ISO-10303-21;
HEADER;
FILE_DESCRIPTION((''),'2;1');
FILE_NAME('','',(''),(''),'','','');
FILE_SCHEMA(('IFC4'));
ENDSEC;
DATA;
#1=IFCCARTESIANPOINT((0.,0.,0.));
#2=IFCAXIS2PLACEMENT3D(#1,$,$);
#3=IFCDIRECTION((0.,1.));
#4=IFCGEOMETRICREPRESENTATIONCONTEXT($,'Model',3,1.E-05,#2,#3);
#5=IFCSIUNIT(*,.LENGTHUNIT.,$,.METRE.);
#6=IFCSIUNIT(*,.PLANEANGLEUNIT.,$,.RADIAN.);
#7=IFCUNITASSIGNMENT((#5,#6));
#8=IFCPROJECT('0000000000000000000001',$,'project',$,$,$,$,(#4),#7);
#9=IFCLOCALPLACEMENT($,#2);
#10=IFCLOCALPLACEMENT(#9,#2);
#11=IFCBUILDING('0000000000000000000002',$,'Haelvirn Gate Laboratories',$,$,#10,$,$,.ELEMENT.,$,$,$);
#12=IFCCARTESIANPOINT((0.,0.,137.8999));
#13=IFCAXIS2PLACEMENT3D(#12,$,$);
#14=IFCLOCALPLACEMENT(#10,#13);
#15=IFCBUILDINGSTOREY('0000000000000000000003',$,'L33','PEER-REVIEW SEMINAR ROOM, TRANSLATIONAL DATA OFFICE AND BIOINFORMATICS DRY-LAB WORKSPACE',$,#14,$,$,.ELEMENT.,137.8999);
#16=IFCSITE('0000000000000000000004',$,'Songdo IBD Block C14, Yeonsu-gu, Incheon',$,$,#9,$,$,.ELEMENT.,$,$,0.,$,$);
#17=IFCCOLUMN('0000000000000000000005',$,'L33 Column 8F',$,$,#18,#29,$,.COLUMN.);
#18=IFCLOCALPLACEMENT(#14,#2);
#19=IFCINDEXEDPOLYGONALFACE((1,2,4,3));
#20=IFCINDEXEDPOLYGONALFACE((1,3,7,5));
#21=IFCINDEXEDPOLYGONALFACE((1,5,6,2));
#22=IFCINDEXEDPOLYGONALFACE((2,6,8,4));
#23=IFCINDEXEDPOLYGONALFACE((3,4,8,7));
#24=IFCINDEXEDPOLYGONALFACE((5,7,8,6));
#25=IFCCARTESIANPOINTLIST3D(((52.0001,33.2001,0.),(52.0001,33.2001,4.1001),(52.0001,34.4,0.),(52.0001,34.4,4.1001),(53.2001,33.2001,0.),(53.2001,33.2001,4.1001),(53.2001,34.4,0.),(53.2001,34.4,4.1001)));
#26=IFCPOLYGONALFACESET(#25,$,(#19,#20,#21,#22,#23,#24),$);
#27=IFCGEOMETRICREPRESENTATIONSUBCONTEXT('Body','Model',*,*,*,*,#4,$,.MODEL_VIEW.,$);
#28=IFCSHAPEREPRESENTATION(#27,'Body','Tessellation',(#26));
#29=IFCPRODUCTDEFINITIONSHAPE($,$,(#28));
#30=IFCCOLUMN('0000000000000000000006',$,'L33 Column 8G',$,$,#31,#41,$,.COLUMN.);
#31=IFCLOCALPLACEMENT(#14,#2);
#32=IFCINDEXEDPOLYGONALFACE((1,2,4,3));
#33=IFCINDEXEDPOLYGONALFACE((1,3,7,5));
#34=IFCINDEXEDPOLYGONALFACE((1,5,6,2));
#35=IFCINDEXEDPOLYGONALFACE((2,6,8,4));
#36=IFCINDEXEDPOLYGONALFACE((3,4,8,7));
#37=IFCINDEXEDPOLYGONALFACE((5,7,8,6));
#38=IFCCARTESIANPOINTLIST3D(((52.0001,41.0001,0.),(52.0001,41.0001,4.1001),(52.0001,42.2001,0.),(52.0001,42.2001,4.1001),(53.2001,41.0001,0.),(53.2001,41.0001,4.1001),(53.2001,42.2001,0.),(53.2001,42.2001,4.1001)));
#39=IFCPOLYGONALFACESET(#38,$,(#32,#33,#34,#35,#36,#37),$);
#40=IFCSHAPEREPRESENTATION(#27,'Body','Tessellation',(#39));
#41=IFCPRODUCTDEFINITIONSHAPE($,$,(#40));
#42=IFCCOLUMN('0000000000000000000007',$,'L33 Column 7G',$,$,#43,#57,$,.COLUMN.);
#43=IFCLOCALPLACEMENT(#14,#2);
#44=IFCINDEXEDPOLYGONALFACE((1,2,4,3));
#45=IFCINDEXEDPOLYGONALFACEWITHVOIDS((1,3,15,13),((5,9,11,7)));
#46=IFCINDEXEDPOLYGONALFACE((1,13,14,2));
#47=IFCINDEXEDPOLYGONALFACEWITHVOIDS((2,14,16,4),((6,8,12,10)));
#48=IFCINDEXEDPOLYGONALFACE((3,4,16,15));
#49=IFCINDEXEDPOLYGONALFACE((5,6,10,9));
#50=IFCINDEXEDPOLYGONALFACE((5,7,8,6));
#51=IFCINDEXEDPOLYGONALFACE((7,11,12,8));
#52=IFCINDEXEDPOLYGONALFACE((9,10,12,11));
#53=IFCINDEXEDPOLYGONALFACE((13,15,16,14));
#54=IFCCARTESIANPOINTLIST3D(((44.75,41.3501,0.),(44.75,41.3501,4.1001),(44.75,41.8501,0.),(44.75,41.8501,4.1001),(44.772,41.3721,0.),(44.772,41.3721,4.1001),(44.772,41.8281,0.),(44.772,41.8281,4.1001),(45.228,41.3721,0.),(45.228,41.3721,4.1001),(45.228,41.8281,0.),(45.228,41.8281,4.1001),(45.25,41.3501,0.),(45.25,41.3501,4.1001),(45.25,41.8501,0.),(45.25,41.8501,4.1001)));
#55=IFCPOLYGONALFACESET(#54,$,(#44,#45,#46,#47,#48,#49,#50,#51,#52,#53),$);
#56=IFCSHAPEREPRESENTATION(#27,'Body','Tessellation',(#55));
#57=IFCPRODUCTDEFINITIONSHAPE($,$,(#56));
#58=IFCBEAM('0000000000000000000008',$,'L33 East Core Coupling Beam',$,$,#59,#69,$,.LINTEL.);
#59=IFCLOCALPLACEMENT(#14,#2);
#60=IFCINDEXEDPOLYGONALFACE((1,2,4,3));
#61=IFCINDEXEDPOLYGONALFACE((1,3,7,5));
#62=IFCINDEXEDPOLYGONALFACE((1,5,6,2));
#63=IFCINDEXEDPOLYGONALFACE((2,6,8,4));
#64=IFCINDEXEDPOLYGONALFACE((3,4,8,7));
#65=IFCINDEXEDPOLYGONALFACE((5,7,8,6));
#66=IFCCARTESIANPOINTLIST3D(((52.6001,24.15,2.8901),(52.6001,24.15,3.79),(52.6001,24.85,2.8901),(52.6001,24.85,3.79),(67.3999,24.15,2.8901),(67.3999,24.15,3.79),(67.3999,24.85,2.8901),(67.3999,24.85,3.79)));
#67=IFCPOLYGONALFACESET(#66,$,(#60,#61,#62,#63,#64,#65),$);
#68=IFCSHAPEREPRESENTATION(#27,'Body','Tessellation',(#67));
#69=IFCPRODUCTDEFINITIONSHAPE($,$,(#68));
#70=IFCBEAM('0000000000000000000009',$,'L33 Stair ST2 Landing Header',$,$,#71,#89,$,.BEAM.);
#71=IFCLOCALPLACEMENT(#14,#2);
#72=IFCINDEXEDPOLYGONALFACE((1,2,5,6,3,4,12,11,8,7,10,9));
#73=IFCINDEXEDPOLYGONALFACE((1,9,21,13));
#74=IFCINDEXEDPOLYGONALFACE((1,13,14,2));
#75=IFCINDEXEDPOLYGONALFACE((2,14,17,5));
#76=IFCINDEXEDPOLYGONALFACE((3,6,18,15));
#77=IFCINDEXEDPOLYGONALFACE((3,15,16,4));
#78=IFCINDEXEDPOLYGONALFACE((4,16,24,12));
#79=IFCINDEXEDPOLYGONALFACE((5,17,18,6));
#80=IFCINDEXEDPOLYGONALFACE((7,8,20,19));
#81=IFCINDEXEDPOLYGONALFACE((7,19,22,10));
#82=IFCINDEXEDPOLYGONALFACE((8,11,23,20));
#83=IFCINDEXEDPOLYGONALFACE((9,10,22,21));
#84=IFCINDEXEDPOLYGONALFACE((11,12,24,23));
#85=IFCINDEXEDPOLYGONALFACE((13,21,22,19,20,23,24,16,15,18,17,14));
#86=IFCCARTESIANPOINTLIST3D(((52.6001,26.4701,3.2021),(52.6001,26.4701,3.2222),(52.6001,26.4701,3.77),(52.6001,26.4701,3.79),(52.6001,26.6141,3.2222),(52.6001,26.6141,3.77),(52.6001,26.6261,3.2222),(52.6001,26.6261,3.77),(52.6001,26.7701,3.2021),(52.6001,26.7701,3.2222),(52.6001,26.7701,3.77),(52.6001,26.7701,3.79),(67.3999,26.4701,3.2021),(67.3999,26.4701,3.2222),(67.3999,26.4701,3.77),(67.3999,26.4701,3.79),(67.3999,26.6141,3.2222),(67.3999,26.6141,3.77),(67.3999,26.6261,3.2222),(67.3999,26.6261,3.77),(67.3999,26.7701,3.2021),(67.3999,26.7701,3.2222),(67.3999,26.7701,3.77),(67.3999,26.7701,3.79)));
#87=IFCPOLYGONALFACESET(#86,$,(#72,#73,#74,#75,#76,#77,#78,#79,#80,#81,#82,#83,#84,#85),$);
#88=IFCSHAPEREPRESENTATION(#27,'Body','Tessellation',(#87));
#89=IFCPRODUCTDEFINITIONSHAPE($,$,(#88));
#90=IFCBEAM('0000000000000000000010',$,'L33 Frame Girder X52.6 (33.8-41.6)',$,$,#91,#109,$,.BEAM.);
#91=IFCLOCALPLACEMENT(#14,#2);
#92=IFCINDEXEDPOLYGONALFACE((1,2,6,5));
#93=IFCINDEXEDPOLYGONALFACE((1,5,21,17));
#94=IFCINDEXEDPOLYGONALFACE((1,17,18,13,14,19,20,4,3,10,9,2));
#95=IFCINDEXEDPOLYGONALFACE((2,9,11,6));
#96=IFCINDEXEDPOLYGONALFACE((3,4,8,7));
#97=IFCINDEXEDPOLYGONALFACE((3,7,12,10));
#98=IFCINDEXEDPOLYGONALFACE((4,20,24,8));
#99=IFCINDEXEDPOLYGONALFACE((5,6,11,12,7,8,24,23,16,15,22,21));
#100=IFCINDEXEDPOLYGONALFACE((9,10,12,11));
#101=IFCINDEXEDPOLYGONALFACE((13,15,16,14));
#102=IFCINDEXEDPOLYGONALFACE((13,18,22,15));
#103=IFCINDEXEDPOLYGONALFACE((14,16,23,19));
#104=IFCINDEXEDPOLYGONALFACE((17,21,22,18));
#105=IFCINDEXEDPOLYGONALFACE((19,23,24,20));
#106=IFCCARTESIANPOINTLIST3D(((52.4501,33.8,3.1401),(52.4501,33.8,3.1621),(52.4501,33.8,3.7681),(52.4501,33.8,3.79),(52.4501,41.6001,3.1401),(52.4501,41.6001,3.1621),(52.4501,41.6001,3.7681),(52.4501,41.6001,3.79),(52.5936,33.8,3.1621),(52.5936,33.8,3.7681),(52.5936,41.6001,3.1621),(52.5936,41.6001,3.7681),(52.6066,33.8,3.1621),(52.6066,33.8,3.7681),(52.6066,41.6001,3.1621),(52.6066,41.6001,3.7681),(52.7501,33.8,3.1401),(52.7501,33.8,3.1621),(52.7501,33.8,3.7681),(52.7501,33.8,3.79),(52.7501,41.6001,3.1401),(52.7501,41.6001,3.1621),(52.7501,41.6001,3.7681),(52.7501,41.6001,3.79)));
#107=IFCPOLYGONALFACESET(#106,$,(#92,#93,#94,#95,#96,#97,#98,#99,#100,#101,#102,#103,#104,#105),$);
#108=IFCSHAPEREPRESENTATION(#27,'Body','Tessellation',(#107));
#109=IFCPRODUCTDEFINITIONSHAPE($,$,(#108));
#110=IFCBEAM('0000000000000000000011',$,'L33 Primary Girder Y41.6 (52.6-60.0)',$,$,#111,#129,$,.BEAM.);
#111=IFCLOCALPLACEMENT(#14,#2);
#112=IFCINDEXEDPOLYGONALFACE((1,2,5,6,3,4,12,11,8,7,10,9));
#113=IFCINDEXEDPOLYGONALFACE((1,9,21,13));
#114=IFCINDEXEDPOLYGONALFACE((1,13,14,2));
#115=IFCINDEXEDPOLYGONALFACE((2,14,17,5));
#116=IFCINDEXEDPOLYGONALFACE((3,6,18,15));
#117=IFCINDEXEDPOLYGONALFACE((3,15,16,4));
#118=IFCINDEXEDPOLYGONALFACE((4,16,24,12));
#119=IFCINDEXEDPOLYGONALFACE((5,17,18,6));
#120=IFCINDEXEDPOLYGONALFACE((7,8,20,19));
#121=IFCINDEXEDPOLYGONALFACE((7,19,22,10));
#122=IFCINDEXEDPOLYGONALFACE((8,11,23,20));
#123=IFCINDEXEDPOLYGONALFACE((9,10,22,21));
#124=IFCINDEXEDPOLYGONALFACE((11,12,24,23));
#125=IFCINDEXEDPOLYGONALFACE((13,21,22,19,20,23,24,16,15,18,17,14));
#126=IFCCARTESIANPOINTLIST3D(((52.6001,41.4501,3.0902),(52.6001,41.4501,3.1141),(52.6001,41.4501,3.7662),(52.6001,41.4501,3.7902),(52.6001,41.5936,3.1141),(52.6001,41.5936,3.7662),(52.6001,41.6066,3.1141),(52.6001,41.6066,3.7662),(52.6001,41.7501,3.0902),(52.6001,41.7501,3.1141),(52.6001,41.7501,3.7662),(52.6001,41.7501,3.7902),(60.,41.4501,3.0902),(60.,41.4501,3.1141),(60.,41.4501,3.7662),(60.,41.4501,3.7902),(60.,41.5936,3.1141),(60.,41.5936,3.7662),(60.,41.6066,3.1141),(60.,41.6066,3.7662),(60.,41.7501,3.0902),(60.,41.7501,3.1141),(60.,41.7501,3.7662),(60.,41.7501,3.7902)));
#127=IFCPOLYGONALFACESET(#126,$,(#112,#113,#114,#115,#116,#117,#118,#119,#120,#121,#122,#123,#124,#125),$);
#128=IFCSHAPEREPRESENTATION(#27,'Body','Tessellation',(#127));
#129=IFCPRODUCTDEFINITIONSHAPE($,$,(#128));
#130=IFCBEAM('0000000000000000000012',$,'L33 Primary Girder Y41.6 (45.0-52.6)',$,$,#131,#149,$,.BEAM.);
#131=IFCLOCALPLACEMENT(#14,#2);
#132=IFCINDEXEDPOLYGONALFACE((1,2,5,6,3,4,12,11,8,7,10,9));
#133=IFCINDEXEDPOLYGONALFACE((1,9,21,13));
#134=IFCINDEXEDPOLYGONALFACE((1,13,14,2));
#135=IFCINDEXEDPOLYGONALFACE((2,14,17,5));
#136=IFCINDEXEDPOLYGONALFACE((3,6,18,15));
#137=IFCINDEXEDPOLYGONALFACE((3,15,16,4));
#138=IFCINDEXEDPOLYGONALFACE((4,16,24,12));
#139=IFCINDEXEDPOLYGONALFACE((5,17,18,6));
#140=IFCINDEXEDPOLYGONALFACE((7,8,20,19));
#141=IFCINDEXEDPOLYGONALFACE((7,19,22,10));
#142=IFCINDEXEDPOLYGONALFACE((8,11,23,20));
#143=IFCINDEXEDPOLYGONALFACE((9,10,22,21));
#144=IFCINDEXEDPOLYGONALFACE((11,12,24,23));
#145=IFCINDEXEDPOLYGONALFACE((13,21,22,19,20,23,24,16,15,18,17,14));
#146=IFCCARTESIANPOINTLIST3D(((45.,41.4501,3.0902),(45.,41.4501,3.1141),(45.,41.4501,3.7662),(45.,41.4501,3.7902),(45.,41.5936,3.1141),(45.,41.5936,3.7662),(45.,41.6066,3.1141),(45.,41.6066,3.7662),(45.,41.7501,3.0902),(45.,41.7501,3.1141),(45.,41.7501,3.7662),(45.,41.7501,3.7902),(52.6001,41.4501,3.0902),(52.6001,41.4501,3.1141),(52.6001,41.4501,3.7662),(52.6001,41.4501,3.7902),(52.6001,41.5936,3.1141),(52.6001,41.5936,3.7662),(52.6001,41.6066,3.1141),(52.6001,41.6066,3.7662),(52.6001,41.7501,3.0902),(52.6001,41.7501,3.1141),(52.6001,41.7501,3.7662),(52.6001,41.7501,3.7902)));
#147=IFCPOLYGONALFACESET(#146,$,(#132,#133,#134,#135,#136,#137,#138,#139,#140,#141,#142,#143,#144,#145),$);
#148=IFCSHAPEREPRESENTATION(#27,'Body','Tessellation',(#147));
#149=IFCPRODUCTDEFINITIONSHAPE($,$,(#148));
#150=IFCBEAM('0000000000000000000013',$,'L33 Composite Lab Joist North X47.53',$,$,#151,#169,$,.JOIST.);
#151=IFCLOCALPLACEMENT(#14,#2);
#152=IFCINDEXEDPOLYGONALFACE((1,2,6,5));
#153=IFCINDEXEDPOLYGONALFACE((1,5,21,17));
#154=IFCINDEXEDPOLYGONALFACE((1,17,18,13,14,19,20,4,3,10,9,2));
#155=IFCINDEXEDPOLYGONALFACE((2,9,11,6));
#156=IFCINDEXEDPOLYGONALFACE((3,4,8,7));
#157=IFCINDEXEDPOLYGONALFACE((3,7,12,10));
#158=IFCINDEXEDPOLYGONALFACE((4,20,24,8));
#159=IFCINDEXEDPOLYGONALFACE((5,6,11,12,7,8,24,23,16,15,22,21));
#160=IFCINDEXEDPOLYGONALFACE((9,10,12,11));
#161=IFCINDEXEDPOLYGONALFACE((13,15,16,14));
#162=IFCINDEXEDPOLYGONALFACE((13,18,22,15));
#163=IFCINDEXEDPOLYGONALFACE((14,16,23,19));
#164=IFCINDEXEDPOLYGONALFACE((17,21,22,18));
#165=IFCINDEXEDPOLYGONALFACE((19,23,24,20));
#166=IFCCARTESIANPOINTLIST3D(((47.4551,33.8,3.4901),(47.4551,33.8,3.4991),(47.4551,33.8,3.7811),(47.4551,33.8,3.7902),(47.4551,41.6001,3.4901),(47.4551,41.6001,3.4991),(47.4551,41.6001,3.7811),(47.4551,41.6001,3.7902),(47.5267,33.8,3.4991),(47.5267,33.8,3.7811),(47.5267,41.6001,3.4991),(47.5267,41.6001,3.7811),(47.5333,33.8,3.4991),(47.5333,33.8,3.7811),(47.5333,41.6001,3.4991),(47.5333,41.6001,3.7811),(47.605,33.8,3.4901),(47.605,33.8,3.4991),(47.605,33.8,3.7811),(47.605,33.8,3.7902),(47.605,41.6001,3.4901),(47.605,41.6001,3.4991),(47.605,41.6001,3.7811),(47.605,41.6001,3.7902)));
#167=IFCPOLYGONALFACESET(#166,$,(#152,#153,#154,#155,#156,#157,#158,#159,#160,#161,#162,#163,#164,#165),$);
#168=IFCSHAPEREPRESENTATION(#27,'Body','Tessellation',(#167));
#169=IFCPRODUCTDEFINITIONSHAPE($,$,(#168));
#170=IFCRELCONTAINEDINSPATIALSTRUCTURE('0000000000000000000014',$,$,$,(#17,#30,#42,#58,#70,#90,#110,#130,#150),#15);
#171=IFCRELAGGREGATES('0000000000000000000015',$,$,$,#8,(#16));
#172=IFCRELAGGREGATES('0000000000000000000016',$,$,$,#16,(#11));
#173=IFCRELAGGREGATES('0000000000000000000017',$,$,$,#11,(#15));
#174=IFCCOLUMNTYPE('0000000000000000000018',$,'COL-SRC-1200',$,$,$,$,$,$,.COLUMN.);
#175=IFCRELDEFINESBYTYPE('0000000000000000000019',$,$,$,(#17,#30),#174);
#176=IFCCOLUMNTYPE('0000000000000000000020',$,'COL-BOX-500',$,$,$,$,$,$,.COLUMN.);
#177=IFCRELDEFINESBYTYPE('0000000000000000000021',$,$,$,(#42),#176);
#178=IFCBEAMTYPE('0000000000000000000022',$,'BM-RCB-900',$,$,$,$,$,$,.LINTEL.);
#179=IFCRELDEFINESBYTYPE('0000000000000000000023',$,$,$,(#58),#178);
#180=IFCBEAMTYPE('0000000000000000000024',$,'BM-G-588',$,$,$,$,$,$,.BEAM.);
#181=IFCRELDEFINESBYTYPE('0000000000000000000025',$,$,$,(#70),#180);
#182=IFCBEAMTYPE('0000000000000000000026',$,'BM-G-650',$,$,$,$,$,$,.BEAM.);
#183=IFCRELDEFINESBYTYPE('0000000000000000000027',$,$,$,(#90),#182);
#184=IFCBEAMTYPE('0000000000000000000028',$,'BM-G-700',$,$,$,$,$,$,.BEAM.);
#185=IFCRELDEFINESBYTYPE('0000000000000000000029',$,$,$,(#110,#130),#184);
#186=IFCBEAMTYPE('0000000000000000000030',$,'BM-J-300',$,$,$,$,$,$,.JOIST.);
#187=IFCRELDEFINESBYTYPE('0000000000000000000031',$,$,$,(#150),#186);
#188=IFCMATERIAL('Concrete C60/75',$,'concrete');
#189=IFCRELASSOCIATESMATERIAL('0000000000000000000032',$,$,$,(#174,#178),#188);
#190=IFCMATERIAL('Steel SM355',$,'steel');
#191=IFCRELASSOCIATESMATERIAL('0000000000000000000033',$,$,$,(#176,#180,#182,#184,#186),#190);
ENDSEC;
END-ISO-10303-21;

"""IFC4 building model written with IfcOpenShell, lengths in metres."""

from ifc_helpers import new_model, si_unit, direction, frame, origin, origin_2d, place, context, subcontext, project, spatial, rectangle, hollow_rectangle, i_section, extrude, source, transform, mapped, material, material_profile, profile_set, type_object, type_shapes, element, save


model = new_model("IFC4")

# Units and contexts
model_context = context("Model", 3, precision=1e-05, world=origin(), true_north=direction((0.0, 1.0)))
body_context = subcontext(model_context, "Body", "Model", "MODEL_VIEW")
ifc_project = project(units=[si_unit("LENGTHUNIT", "METRE"), si_unit("PLANEANGLEUNIT", "RADIAN")], contexts=[model_context])

# Site, building, storey
site_placement = place(None, origin())
site = spatial("IfcSite", under=ifc_project, at=site_placement, Name="Songdo IBD Block C14, Yeonsu-gu, Incheon", CompositionType="ELEMENT", RefElevation=0.0)
building_placement = place(site_placement, origin())
building = spatial("IfcBuilding", under=site, at=building_placement, Name="Haelvirn Gate Laboratories", CompositionType="ELEMENT")
storey_placement = place(building_placement, frame((0.0, 0.0, 137.8999)))
storey = spatial("IfcBuildingStorey", under=building, at=storey_placement, Name="L33", Description="PEER-REVIEW SEMINAR ROOM, TRANSLATIONAL DATA OFFICE AND BIOINFORMATICS DRY-LAB WORKSPACE", CompositionType="ELEMENT", Elevation=137.8999)

# Columns
ifc_material_1 = material(Name="Concrete C60/75", Category="concrete")
ifc_material_profile_1 = material_profile(ifc_material_1, rectangle(XDim=1.2, YDim=1.2, at=origin_2d()), Name="SRC-1200x1200")
ifc_profile_set_1 = profile_set([ifc_material_profile_1], Name="Concrete C60/75")
column_type_1 = type_object("IfcColumnType", Name="COL-SRC-1200", PredefinedType="COLUMN", material=ifc_profile_set_1)
shared_shape_1 = source(origin(), body_context, "Body", "SweptSolid", [
    extrude(rectangle(XDim=1.2, YDim=1.2, at=origin_2d()), origin(), (0.0, 0.0, 1.0), 4.1001),
])
type_shapes(column_type_1, [shared_shape_1])
for number, where, z_axis, x_axis, name in (
    (1, (52.6001, 33.8, 0.0), (0.0, 0.0, 1.0), (1.0, 0.0, 0.0), "L33 Column 8F"),
    (2, (52.6001, 41.6001, 0.0), (0.0, 0.0, 1.0), (1.0, 0.0, 0.0), "L33 Column 8G"),
):
    element("IfcColumn", number, at=place(storey_placement, frame(where, z_axis=z_axis, x_axis=x_axis)), inside=storey, type_object=column_type_1, Name=name, PredefinedType="COLUMN", context=body_context, shape_type="MappedRepresentation", body=[
        mapped(shared_shape_1, transform((0.0, 0.0, 0.0), scale=1.0)),
    ])
ifc_material_2 = material(Name="Steel SM355", Category="steel")
ifc_material_profile_2 = material_profile(ifc_material_2, hollow_rectangle(XDim=0.5, YDim=0.5, WallThickness=0.022, at=origin_2d()), Name="BOX-500x500x22")
ifc_profile_set_2 = profile_set([ifc_material_profile_2], Name="Steel SM355")
column_type_2 = type_object("IfcColumnType", Name="COL-BOX-500", PredefinedType="COLUMN", material=ifc_profile_set_2)
shared_shape_2 = source(origin(), body_context, "Body", "SweptSolid", [
    extrude(hollow_rectangle(XDim=0.5, YDim=0.5, WallThickness=0.022, at=origin_2d()), origin(), (0.0, 0.0, 1.0), 4.1001),
])
type_shapes(column_type_2, [shared_shape_2])
column_placement = place(storey_placement, frame((45.0, 41.6001, 0.0), z_axis=(0.0, 0.0, 1.0), x_axis=(1.0, 0.0, 0.0)))
element("IfcColumn", 3, at=column_placement, inside=storey, type_object=column_type_2, Name="L33 Column 7G", PredefinedType="COLUMN", context=body_context, shape_type="MappedRepresentation", body=[
    mapped(shared_shape_2, transform((0.0, 0.0, 0.0), scale=1.0)),
])

# Beams
ifc_material_profile_3 = material_profile(ifc_material_1, rectangle(XDim=0.7, YDim=0.8999, at=origin_2d()), Name="RCB-700x900")
ifc_profile_set_3 = profile_set([ifc_material_profile_3], Name="Concrete C60/75")
beam_type_1 = type_object("IfcBeamType", Name="BM-RCB-900", PredefinedType="LINTEL", material=ifc_profile_set_3)
shared_shape_3 = source(origin(), body_context, "Body", "SweptSolid", [
    extrude(rectangle(XDim=0.7, YDim=0.8999, at=origin_2d()), origin(), (0.0, 0.0, 1.0), 14.7998),
])
type_shapes(beam_type_1, [shared_shape_3])
beam_1_placement = place(storey_placement, frame((52.6001, 24.5, 3.3401), z_axis=(1.0, 0.0, 0.0), x_axis=(0.0, 1.0, 0.0)))
element("IfcBeam", 4, at=beam_1_placement, inside=storey, type_object=beam_type_1, Name="L33 East Core Coupling Beam", PredefinedType="LINTEL", context=body_context, shape_type="MappedRepresentation", body=[
    mapped(shared_shape_3, transform((0.0, 0.0, 0.0), scale=1.0)),
])
ifc_material_profile_4 = material_profile(ifc_material_2, i_section(OverallWidth=0.3, OverallDepth=0.5879, WebThickness=0.012, FlangeThickness=0.02, at=origin_2d()), Name="H-588x300x12x20")
ifc_profile_set_4 = profile_set([ifc_material_profile_4], Name="Steel SM355")
beam_type_2 = type_object("IfcBeamType", Name="BM-G-588", PredefinedType="BEAM", material=ifc_profile_set_4)
shared_shape_4 = source(origin(), body_context, "Body", "SweptSolid", [
    extrude(i_section(OverallWidth=0.3, OverallDepth=0.5879, WebThickness=0.012, FlangeThickness=0.02, at=origin_2d()), origin(), (0.0, 0.0, 1.0), 14.7998),
])
type_shapes(beam_type_2, [shared_shape_4])
beam_2_placement = place(storey_placement, frame((52.6001, 26.6201, 3.4961), z_axis=(1.0, 0.0, 0.0), x_axis=(0.0, 1.0, 0.0)))
element("IfcBeam", 5, at=beam_2_placement, inside=storey, type_object=beam_type_2, Name="L33 Stair ST2 Landing Header", PredefinedType="BEAM", context=body_context, shape_type="MappedRepresentation", body=[
    mapped(shared_shape_4, transform((0.0, 0.0, 0.0), scale=1.0)),
])
ifc_material_profile_5 = material_profile(ifc_material_2, i_section(OverallWidth=0.3, OverallDepth=0.6499, WebThickness=0.0129, FlangeThickness=0.022, at=origin_2d()), Name="H-650x300x13x22")
ifc_profile_set_5 = profile_set([ifc_material_profile_5], Name="Steel SM355")
beam_type_3 = type_object("IfcBeamType", Name="BM-G-650", PredefinedType="BEAM", material=ifc_profile_set_5)
shared_shape_5 = source(origin(), body_context, "Body", "SweptSolid", [
    extrude(i_section(OverallWidth=0.3, OverallDepth=0.6499, WebThickness=0.0129, FlangeThickness=0.022, at=origin_2d()), origin(), (0.0, 0.0, 1.0), 7.8),
])
type_shapes(beam_type_3, [shared_shape_5])
beam_3_placement = place(storey_placement, frame((52.6001, 33.8, 3.4651), z_axis=(0.0, 1.0, 0.0), x_axis=(-1.0, 0.0, 0.0)))
element("IfcBeam", 6, at=beam_3_placement, inside=storey, type_object=beam_type_3, Name="L33 Frame Girder X52.6 (33.8-41.6)", PredefinedType="BEAM", context=body_context, shape_type="MappedRepresentation", body=[
    mapped(shared_shape_5, transform((0.0, 0.0, 0.0), scale=1.0)),
])
ifc_material_profile_6 = material_profile(ifc_material_2, i_section(OverallWidth=0.3, OverallDepth=0.7, WebThickness=0.0129, FlangeThickness=0.0239, at=origin_2d()), Name="H-700x300x13x24")
ifc_profile_set_6 = profile_set([ifc_material_profile_6], Name="Steel SM355")
beam_type_4 = type_object("IfcBeamType", Name="BM-G-700", PredefinedType="BEAM", material=ifc_profile_set_6)
shared_shape_6 = source(origin(), body_context, "Body", "SweptSolid", [
    extrude(i_section(OverallWidth=0.3, OverallDepth=0.7, WebThickness=0.0129, FlangeThickness=0.0239, at=origin_2d()), origin(), (0.0, 0.0, 1.0), 7.3999),
])
beam_4_placement = place(storey_placement, frame((52.6001, 41.6001, 3.4402), z_axis=(1.0, 0.0, 0.0), x_axis=(0.0, 1.0, 0.0)))
element("IfcBeam", 7, at=beam_4_placement, inside=storey, type_object=beam_type_4, Name="L33 Primary Girder Y41.6 (52.6-60.0)", PredefinedType="BEAM", context=body_context, shape_type="MappedRepresentation", body=[
    mapped(shared_shape_6, transform((0.0, 0.0, 0.0), scale=1.0)),
])
shared_shape_7 = source(origin(), body_context, "Body", "SweptSolid", [
    extrude(i_section(OverallWidth=0.3, OverallDepth=0.7, WebThickness=0.0129, FlangeThickness=0.0239, at=origin_2d()), origin(), (0.0, 0.0, 1.0), 7.6001),
])
type_shapes(beam_type_4, [shared_shape_6, shared_shape_7])
beam_5_placement = place(storey_placement, frame((45.0, 41.6001, 3.4402), z_axis=(1.0, 0.0, 0.0), x_axis=(0.0, 1.0, 0.0)))
element("IfcBeam", 8, at=beam_5_placement, inside=storey, type_object=beam_type_4, Name="L33 Primary Girder Y41.6 (45.0-52.6)", PredefinedType="BEAM", context=body_context, shape_type="MappedRepresentation", body=[
    mapped(shared_shape_7, transform((0.0, 0.0, 0.0), scale=1.0)),
])
ifc_material_profile_7 = material_profile(ifc_material_2, i_section(OverallWidth=0.1499, OverallDepth=0.3, WebThickness=0.0066, FlangeThickness=0.009, at=origin_2d()), Name="H-300x150x6.5x9")
ifc_profile_set_7 = profile_set([ifc_material_profile_7], Name="Steel SM355")
beam_type_5 = type_object("IfcBeamType", Name="BM-J-300", PredefinedType="JOIST", material=ifc_profile_set_7)
shared_shape_8 = source(origin(), body_context, "Body", "SweptSolid", [
    extrude(i_section(OverallWidth=0.1499, OverallDepth=0.3, WebThickness=0.0066, FlangeThickness=0.009, at=origin_2d()), origin(), (0.0, 0.0, 1.0), 7.8),
])
type_shapes(beam_type_5, [shared_shape_8])
for number, where, z_axis, x_axis, name in (
    (9, (47.53, 33.8, 3.6401), (0.0, 1.0, 0.0), (-1.0, 0.0, 0.0), "L33 Composite Lab Joist North X47.53"),
):
    element("IfcBeam", number, at=place(storey_placement, frame(where, z_axis=z_axis, x_axis=x_axis)), inside=storey, type_object=beam_type_5, Name=name, PredefinedType="JOIST", context=body_context, shape_type="MappedRepresentation", body=[
        mapped(shared_shape_8, transform((0.0, 0.0, 0.0), scale=1.0)),
    ])

save(model, "model.ifc")
